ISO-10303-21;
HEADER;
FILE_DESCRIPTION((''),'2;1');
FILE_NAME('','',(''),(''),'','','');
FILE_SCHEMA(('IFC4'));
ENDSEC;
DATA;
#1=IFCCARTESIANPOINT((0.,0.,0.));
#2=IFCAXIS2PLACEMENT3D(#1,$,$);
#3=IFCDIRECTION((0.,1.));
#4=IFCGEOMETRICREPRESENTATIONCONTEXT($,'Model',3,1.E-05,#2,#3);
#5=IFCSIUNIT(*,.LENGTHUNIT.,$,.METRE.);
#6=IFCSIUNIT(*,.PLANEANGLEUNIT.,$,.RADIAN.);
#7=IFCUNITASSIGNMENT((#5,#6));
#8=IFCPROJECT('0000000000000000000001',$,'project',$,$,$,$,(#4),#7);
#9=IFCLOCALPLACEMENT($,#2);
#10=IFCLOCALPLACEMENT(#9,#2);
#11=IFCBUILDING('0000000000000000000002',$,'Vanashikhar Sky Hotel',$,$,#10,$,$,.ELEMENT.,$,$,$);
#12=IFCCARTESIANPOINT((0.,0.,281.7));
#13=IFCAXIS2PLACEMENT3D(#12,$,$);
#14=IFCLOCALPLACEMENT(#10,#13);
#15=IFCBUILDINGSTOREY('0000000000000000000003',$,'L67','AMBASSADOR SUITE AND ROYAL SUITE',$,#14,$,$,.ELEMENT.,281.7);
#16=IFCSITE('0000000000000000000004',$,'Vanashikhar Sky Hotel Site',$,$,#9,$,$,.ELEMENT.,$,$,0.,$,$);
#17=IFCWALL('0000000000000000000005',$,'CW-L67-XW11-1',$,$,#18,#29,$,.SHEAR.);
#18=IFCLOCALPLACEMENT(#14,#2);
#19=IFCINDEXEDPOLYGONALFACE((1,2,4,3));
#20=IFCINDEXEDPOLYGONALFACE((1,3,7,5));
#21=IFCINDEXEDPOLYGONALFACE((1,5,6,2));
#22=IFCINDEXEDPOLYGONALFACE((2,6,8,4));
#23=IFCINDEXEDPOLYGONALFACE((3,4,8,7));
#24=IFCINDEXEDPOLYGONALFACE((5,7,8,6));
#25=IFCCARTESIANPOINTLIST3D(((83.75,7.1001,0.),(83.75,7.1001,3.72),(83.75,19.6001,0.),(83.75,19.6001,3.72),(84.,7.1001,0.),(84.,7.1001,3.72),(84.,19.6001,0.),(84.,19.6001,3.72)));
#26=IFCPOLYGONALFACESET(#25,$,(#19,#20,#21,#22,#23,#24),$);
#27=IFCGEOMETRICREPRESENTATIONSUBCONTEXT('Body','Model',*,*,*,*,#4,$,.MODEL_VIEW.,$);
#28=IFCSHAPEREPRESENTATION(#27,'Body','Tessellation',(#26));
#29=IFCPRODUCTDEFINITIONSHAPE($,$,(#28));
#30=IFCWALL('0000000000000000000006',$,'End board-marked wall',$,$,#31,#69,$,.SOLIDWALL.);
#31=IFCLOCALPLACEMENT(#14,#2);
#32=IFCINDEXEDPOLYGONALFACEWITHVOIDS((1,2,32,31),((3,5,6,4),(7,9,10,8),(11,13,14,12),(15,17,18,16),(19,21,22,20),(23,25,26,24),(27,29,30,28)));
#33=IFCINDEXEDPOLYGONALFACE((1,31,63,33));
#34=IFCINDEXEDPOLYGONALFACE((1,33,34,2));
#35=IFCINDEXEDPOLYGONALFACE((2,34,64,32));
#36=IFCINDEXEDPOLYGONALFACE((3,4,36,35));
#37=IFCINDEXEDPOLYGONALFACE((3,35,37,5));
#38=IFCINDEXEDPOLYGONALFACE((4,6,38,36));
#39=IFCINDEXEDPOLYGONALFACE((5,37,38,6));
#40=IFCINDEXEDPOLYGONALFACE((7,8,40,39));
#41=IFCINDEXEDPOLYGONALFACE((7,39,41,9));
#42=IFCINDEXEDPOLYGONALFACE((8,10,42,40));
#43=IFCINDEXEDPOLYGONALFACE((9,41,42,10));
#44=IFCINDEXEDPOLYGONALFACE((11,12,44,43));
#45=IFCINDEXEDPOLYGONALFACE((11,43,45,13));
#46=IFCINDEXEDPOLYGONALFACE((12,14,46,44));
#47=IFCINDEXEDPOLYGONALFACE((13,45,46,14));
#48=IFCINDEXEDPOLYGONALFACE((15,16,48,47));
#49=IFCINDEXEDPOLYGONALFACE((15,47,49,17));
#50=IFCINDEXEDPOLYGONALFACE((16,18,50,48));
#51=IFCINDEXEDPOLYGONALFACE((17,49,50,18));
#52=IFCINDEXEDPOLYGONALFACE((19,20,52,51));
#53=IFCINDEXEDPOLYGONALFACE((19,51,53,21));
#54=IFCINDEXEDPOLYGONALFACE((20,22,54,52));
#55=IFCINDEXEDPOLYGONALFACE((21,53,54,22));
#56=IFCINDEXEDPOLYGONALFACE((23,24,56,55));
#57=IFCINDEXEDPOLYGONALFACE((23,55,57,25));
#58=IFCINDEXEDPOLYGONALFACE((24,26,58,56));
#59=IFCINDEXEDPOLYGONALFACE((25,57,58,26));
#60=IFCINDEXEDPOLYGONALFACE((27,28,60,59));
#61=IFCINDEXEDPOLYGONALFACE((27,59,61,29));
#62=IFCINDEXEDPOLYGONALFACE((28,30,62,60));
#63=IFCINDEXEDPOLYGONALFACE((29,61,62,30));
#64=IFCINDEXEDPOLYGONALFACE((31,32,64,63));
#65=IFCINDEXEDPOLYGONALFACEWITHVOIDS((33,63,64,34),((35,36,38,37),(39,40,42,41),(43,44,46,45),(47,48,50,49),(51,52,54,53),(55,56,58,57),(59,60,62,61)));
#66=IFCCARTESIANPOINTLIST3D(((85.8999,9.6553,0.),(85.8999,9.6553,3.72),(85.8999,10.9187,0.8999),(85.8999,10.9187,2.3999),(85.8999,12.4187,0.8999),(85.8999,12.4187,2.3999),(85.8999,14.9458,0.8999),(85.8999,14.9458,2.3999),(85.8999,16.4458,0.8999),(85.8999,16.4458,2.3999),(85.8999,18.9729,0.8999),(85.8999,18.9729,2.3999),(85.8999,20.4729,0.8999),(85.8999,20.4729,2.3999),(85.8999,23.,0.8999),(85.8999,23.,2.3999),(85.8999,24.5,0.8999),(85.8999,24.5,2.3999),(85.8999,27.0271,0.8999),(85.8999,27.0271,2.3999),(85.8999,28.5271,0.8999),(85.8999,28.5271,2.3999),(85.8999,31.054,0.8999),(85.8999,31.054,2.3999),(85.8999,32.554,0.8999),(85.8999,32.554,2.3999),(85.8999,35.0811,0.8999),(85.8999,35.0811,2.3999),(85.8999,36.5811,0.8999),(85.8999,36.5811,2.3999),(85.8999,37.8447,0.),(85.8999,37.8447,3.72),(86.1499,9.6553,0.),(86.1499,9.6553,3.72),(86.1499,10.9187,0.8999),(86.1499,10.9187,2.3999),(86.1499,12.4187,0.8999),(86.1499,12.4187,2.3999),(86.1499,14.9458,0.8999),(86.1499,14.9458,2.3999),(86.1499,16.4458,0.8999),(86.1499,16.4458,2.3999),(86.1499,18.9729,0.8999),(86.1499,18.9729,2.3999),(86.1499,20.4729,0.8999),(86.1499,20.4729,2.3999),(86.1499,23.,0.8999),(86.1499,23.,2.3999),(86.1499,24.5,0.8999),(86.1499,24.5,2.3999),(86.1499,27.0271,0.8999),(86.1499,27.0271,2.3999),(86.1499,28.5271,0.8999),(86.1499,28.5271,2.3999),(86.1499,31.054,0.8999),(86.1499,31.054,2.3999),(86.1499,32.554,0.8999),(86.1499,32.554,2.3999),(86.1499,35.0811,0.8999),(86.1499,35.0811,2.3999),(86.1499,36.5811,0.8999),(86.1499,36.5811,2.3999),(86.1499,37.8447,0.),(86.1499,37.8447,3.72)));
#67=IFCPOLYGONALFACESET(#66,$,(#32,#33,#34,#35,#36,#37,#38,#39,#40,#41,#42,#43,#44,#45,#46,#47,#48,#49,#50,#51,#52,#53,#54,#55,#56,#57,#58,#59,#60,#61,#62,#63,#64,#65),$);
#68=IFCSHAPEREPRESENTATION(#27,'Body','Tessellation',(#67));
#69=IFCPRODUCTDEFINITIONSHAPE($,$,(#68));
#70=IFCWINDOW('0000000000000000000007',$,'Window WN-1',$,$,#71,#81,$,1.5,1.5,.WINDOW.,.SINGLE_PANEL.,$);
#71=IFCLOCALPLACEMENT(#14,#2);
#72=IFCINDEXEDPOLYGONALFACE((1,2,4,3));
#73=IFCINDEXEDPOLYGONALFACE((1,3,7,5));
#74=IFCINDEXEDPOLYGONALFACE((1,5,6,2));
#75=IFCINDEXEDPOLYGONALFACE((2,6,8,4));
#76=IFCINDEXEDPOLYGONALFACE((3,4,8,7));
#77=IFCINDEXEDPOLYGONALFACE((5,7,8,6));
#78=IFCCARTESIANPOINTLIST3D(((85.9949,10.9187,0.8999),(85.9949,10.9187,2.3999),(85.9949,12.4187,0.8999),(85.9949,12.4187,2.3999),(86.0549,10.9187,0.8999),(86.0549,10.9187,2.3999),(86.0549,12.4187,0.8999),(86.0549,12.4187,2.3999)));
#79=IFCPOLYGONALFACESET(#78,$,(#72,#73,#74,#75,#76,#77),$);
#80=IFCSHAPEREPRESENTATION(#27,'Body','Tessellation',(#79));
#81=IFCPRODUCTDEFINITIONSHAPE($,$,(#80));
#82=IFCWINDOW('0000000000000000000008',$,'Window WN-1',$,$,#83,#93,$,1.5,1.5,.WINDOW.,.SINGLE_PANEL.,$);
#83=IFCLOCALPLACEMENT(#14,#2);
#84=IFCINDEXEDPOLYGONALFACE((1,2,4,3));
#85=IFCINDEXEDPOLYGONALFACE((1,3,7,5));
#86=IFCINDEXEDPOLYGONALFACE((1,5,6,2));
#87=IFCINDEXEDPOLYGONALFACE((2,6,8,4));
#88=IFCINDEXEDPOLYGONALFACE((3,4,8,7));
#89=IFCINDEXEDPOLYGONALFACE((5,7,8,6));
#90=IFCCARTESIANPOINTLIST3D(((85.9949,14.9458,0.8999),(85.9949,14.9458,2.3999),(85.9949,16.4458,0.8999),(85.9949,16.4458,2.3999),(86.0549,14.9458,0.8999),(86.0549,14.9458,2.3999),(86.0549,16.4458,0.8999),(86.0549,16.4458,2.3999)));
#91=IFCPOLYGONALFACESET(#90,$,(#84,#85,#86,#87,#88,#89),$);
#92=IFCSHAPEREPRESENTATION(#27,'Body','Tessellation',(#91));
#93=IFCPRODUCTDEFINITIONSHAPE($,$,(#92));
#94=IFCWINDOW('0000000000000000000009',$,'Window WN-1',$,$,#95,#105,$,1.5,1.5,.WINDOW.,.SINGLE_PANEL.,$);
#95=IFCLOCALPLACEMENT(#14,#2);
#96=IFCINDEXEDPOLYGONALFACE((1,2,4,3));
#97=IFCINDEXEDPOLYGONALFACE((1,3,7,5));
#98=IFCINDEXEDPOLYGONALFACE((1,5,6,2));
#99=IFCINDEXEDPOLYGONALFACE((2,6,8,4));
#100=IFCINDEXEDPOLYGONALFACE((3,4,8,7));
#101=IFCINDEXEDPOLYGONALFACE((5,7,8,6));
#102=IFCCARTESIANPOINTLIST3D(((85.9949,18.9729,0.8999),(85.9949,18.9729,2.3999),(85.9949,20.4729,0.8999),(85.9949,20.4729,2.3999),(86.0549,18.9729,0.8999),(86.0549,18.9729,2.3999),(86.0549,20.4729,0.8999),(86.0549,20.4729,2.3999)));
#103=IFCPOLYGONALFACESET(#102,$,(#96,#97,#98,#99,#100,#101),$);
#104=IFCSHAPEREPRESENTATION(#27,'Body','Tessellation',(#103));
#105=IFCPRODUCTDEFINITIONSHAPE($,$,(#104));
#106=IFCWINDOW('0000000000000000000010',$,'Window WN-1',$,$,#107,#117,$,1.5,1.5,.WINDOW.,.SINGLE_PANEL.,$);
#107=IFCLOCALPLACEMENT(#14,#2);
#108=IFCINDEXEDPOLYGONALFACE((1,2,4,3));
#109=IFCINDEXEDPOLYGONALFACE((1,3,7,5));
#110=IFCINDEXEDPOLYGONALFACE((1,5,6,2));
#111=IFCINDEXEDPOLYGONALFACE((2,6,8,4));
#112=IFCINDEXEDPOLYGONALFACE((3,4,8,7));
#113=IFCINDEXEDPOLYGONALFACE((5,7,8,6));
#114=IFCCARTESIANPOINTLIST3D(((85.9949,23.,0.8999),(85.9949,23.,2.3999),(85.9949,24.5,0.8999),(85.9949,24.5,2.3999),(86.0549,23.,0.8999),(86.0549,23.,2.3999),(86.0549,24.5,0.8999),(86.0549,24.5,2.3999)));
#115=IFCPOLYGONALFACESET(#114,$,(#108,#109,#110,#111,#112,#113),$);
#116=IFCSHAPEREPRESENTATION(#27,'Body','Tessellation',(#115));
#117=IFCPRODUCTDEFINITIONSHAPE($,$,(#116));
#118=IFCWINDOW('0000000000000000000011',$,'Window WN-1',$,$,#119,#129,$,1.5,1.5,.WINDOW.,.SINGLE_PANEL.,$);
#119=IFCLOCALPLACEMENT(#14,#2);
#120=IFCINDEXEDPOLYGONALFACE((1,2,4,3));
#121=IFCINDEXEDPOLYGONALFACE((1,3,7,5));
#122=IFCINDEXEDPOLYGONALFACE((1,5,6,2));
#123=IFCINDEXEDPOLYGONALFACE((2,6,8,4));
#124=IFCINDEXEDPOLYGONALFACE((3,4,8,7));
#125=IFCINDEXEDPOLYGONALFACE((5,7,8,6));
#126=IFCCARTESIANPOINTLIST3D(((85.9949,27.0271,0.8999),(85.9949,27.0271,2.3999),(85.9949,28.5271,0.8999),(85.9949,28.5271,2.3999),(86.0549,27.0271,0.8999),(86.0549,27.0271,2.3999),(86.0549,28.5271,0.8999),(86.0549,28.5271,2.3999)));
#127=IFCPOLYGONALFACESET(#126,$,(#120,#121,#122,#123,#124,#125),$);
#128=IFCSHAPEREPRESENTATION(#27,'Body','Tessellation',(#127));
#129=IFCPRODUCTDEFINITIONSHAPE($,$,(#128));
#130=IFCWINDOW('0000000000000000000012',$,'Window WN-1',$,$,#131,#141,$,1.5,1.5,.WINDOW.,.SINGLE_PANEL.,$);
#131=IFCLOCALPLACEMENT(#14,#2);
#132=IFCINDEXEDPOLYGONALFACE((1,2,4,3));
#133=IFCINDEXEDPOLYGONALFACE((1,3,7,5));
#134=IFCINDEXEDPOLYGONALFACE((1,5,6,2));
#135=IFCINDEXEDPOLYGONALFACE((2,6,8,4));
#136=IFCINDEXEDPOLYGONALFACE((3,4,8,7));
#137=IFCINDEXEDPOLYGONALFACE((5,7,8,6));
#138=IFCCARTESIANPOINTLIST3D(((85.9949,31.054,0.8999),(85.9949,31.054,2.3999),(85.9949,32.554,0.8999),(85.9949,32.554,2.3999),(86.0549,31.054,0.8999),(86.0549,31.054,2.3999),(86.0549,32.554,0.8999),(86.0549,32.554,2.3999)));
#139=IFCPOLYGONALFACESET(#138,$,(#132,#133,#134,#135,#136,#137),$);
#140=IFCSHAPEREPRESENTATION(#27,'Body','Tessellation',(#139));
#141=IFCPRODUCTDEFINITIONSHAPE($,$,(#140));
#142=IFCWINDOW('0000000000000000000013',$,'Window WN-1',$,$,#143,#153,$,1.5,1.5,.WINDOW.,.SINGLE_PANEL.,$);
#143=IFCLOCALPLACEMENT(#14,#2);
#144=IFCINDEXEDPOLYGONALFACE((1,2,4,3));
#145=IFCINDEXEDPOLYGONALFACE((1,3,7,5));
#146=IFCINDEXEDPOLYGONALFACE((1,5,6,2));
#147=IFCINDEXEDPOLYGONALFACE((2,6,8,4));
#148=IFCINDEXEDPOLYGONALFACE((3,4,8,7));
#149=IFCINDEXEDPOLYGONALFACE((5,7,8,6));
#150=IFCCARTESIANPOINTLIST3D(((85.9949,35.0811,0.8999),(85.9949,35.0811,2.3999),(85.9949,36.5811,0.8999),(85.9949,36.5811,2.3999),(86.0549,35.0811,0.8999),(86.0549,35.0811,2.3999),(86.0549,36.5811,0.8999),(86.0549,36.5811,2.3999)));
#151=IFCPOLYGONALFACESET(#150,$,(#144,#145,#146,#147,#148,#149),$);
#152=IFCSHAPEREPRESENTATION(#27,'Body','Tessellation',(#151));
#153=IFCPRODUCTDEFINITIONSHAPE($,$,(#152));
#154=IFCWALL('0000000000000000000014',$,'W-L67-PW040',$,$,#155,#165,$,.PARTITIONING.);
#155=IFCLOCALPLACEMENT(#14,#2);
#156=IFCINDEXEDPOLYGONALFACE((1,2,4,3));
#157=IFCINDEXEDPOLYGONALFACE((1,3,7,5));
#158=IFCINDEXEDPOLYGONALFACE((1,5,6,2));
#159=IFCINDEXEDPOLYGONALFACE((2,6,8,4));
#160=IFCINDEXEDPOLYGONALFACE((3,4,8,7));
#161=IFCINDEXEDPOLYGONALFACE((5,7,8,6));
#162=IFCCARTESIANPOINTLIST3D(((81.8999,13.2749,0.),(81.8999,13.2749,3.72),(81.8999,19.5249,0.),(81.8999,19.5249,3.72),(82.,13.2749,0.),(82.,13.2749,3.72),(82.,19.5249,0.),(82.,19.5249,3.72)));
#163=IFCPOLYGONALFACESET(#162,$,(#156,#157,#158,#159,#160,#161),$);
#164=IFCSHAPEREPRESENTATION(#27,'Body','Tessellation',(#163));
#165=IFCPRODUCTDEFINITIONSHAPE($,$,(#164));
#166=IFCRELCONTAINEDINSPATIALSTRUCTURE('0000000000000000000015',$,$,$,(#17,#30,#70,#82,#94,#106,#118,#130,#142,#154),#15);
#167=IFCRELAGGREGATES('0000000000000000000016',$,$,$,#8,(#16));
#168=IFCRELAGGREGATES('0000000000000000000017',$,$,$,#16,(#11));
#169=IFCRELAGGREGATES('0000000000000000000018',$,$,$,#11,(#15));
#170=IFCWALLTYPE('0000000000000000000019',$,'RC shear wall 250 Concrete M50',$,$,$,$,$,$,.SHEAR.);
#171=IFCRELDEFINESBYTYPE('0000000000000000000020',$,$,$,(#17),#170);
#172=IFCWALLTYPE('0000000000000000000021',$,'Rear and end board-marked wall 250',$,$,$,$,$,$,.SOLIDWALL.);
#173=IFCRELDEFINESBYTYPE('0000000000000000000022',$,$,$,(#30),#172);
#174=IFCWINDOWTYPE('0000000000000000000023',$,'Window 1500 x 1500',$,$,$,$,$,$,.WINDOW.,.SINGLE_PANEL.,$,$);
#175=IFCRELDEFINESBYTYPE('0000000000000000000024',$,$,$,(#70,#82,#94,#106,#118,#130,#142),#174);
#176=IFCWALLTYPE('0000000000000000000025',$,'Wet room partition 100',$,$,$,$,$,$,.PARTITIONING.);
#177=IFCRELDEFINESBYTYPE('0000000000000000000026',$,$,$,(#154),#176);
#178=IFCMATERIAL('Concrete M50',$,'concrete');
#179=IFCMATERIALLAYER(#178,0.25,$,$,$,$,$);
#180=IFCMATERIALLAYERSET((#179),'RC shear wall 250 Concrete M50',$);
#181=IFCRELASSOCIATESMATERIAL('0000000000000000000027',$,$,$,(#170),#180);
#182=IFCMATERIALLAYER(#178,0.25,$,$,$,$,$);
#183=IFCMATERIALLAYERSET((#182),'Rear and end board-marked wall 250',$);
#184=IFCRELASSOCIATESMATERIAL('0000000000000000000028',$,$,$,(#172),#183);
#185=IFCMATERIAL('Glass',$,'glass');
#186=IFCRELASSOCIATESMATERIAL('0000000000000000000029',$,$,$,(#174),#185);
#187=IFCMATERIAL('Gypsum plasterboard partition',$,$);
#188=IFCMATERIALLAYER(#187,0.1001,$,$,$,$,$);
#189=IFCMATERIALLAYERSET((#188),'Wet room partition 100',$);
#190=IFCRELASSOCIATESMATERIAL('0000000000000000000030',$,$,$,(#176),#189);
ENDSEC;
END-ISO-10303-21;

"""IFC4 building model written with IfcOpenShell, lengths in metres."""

from ifc_helpers import new_model, si_unit, direction, frame, frame_2d, origin, place, context, subcontext, project, spatial, rectangle, extrude, source, transform, mapped, material, layer, layer_set, type_object, element, fill, save


model = new_model("IFC4")

# Units and contexts
model_context = context("Model", 3, precision=1e-05, world=origin(), true_north=direction((0.0, 1.0)))
body_context = subcontext(model_context, "Body", "Model", "MODEL_VIEW")
ifc_project = project(units=[si_unit("LENGTHUNIT", "METRE"), si_unit("PLANEANGLEUNIT", "RADIAN")], contexts=[model_context])

# Site, building, storey
site_placement = place(None, origin())
site = spatial("IfcSite", under=ifc_project, at=site_placement, Name="Vanashikhar Sky Hotel Site", CompositionType="ELEMENT", RefElevation=0.0)
building_placement = place(site_placement, origin())
building = spatial("IfcBuilding", under=site, at=building_placement, Name="Vanashikhar Sky Hotel", CompositionType="ELEMENT")
storey_placement = place(building_placement, frame((0.0, 0.0, 281.7)))
storey = spatial("IfcBuildingStorey", under=building, at=storey_placement, Name="L67", Description="AMBASSADOR SUITE AND ROYAL SUITE", CompositionType="ELEMENT", Elevation=281.7)

# Wall
ifc_material_1 = material(Name="Concrete M50", Category="concrete")
ifc_layer_1 = layer(ifc_material_1, 0.25)
ifc_layer_set_1 = layer_set([ifc_layer_1], Name="RC shear wall 250 Concrete M50")
wall_type_1 = type_object("IfcWallType", Name="RC shear wall 250 Concrete M50", PredefinedType="SHEAR", material=ifc_layer_set_1)
shared_shape_1 = source(origin(), body_context, "Body", "SweptSolid", [
    extrude(rectangle(XDim=12.5, YDim=0.25, at=frame_2d((6.25, 0.0))), origin(), (0.0, 0.0, 1.0), 3.72),
])
wall_1_placement = place(storey_placement, frame((83.875, 7.1001, 0.0), z_axis=(0.0, 0.0, 1.0), x_axis=(0.0, 1.0, 0.0)))
element("IfcWall", 1, at=wall_1_placement, inside=storey, type_object=wall_type_1, Name="CW-L67-XW11-1", PredefinedType="SHEAR", context=body_context, shape_type="MappedRepresentation", body=[
    mapped(shared_shape_1, transform((0.0, 0.0, 0.0), scale=1.0)),
])

# Wall, openings, windows
ifc_layer_2 = layer(ifc_material_1, 0.25)
ifc_layer_set_2 = layer_set([ifc_layer_2], Name="Rear and end board-marked wall 250")
wall_type_2 = type_object("IfcWallType", Name="Rear and end board-marked wall 250", PredefinedType="SOLIDWALL", material=ifc_layer_set_2)
shared_shape_2 = source(origin(), body_context, "Body", "SweptSolid", [
    extrude(rectangle(XDim=28.1895, YDim=0.25, at=frame_2d((14.0947, 0.0))), origin(), (0.0, 0.0, 1.0), 3.72),
])
wall_2_placement = place(storey_placement, frame((86.0249, 9.6553, 0.0), z_axis=(0.0, 0.0, 1.0), x_axis=(0.0, 1.0, 0.0)))
wall_2 = element("IfcWall", 2, at=wall_2_placement, inside=storey, type_object=wall_type_2, Name="End board-marked wall", PredefinedType="SOLIDWALL", context=body_context, shape_type="MappedRepresentation", body=[
    mapped(shared_shape_2, transform((0.0, 0.0, 0.0), scale=1.0)),
])
shared_shape_3 = source(origin(), body_context, "Body", "SweptSolid", [
    extrude(rectangle(XDim=1.5, YDim=1.5, at=frame_2d((0.75, 0.75))), frame((0.0, 0.135, 0.0), z_axis=(0.0, -1.0, 0.0), x_axis=(1.0, 0.0, 0.0)), (0.0, 0.0, 1.0), 0.27),
])
opening_1_placement = place(wall_2_placement, frame((1.2634, 0.0, 0.8999)))
opening_1 = element("IfcOpeningElement", 3, at=opening_1_placement, cuts=wall_2, PredefinedType="OPENING", context=body_context, shape_type="MappedRepresentation", body=[
    mapped(shared_shape_3, transform((0.0, 0.0, 0.0), scale=1.0)),
])
opening_2_placement = place(wall_2_placement, frame((5.2905, 0.0, 0.8999)))
opening_2 = element("IfcOpeningElement", 4, at=opening_2_placement, cuts=wall_2, PredefinedType="OPENING", context=body_context, shape_type="MappedRepresentation", body=[
    mapped(shared_shape_3, transform((0.0, 0.0, 0.0), scale=1.0)),
])
opening_3_placement = place(wall_2_placement, frame((9.3176, 0.0, 0.8999)))
opening_3 = element("IfcOpeningElement", 5, at=opening_3_placement, cuts=wall_2, PredefinedType="OPENING", context=body_context, shape_type="MappedRepresentation", body=[
    mapped(shared_shape_3, transform((0.0, 0.0, 0.0), scale=1.0)),
])
opening_4_placement = place(wall_2_placement, frame((13.3447, 0.0, 0.8999)))
opening_4 = element("IfcOpeningElement", 6, at=opening_4_placement, cuts=wall_2, PredefinedType="OPENING", context=body_context, shape_type="MappedRepresentation", body=[
    mapped(shared_shape_3, transform((0.0, 0.0, 0.0), scale=1.0)),
])
opening_5_placement = place(wall_2_placement, frame((17.3718, 0.0, 0.8999)))
opening_5 = element("IfcOpeningElement", 7, at=opening_5_placement, cuts=wall_2, PredefinedType="OPENING", context=body_context, shape_type="MappedRepresentation", body=[
    mapped(shared_shape_3, transform((0.0, 0.0, 0.0), scale=1.0)),
])
opening_6_placement = place(wall_2_placement, frame((21.3987, 0.0, 0.8999)))
opening_6 = element("IfcOpeningElement", 8, at=opening_6_placement, cuts=wall_2, PredefinedType="OPENING", context=body_context, shape_type="MappedRepresentation", body=[
    mapped(shared_shape_3, transform((0.0, 0.0, 0.0), scale=1.0)),
])
opening_7_placement = place(wall_2_placement, frame((25.4258, 0.0, 0.8999)))
opening_7 = element("IfcOpeningElement", 9, at=opening_7_placement, cuts=wall_2, PredefinedType="OPENING", context=body_context, shape_type="MappedRepresentation", body=[
    mapped(shared_shape_3, transform((0.0, 0.0, 0.0), scale=1.0)),
])
ifc_material_2 = material(Name="Glass", Category="glass")
window_type = type_object("IfcWindowType", Name="Window 1500 x 1500", PartitioningType="SINGLE_PANEL", PredefinedType="WINDOW", material=ifc_material_2)
shared_shape_4 = source(origin(), body_context, "Body", "SweptSolid", [
    extrude(rectangle(XDim=1.5, YDim=1.5, at=frame_2d((0.75, 0.75))), frame((0.0, 0.03, 0.0), z_axis=(0.0, -1.0, 0.0), x_axis=(1.0, 0.0, 0.0)), (0.0, 0.0, 1.0), 0.0601),
])
window_1_placement = place(opening_1_placement, origin())
window_1 = element("IfcWindow", 10, at=window_1_placement, inside=storey, type_object=window_type, Name="Window WN-1", OverallHeight=1.5, OverallWidth=1.5, PartitioningType="SINGLE_PANEL", PredefinedType="WINDOW", context=body_context, shape_type="MappedRepresentation", body=[
    mapped(shared_shape_4, transform((0.0, 0.0, 0.0), scale=1.0)),
])
fill(opening_1, window_1)
window_2_placement = place(opening_2_placement, origin())
window_2 = element("IfcWindow", 11, at=window_2_placement, inside=storey, type_object=window_type, Name="Window WN-1", OverallHeight=1.5, OverallWidth=1.5, PartitioningType="SINGLE_PANEL", PredefinedType="WINDOW", context=body_context, shape_type="MappedRepresentation", body=[
    mapped(shared_shape_4, transform((0.0, 0.0, 0.0), scale=1.0)),
])
fill(opening_2, window_2)
window_3_placement = place(opening_3_placement, origin())
window_3 = element("IfcWindow", 12, at=window_3_placement, inside=storey, type_object=window_type, Name="Window WN-1", OverallHeight=1.5, OverallWidth=1.5, PartitioningType="SINGLE_PANEL", PredefinedType="WINDOW", context=body_context, shape_type="MappedRepresentation", body=[
    mapped(shared_shape_4, transform((0.0, 0.0, 0.0), scale=1.0)),
])
fill(opening_3, window_3)
window_4_placement = place(opening_4_placement, origin())
window_4 = element("IfcWindow", 13, at=window_4_placement, inside=storey, type_object=window_type, Name="Window WN-1", OverallHeight=1.5, OverallWidth=1.5, PartitioningType="SINGLE_PANEL", PredefinedType="WINDOW", context=body_context, shape_type="MappedRepresentation", body=[
    mapped(shared_shape_4, transform((0.0, 0.0, 0.0), scale=1.0)),
])
fill(opening_4, window_4)
window_5_placement = place(opening_5_placement, origin())
window_5 = element("IfcWindow", 14, at=window_5_placement, inside=storey, type_object=window_type, Name="Window WN-1", OverallHeight=1.5, OverallWidth=1.5, PartitioningType="SINGLE_PANEL", PredefinedType="WINDOW", context=body_context, shape_type="MappedRepresentation", body=[
    mapped(shared_shape_4, transform((0.0, 0.0, 0.0), scale=1.0)),
])
fill(opening_5, window_5)
window_6_placement = place(opening_6_placement, origin())
window_6 = element("IfcWindow", 15, at=window_6_placement, inside=storey, type_object=window_type, Name="Window WN-1", OverallHeight=1.5, OverallWidth=1.5, PartitioningType="SINGLE_PANEL", PredefinedType="WINDOW", context=body_context, shape_type="MappedRepresentation", body=[
    mapped(shared_shape_4, transform((0.0, 0.0, 0.0), scale=1.0)),
])
fill(opening_6, window_6)
window_7_placement = place(opening_7_placement, origin())
window_7 = element("IfcWindow", 16, at=window_7_placement, inside=storey, type_object=window_type, Name="Window WN-1", OverallHeight=1.5, OverallWidth=1.5, PartitioningType="SINGLE_PANEL", PredefinedType="WINDOW", context=body_context, shape_type="MappedRepresentation", body=[
    mapped(shared_shape_4, transform((0.0, 0.0, 0.0), scale=1.0)),
])
fill(opening_7, window_7)

# Wall
ifc_material_3 = material(Name="Gypsum plasterboard partition")
ifc_layer_3 = layer(ifc_material_3, 0.1001)
ifc_layer_set_3 = layer_set([ifc_layer_3], Name="Wet room partition 100")
wall_type_3 = type_object("IfcWallType", Name="Wet room partition 100", PredefinedType="PARTITIONING", material=ifc_layer_set_3)
shared_shape_5 = source(origin(), body_context, "Body", "SweptSolid", [
    extrude(rectangle(XDim=6.25, YDim=0.1001, at=frame_2d((3.125, 0.0))), origin(), (0.0, 0.0, 1.0), 3.72),
])
for number, where, z_axis, x_axis, name in (
    (17, (81.95, 13.2749, 0.0), (0.0, 0.0, 1.0), (0.0, 1.0, 0.0), "W-L67-PW040"),
):
    element("IfcWall", number, at=place(storey_placement, frame(where, z_axis=z_axis, x_axis=x_axis)), inside=storey, type_object=wall_type_3, Name=name, PredefinedType="PARTITIONING", context=body_context, shape_type="MappedRepresentation", body=[
        mapped(shared_shape_5, transform((0.0, 0.0, 0.0), scale=1.0)),
    ])

save(model, "model.ifc")
